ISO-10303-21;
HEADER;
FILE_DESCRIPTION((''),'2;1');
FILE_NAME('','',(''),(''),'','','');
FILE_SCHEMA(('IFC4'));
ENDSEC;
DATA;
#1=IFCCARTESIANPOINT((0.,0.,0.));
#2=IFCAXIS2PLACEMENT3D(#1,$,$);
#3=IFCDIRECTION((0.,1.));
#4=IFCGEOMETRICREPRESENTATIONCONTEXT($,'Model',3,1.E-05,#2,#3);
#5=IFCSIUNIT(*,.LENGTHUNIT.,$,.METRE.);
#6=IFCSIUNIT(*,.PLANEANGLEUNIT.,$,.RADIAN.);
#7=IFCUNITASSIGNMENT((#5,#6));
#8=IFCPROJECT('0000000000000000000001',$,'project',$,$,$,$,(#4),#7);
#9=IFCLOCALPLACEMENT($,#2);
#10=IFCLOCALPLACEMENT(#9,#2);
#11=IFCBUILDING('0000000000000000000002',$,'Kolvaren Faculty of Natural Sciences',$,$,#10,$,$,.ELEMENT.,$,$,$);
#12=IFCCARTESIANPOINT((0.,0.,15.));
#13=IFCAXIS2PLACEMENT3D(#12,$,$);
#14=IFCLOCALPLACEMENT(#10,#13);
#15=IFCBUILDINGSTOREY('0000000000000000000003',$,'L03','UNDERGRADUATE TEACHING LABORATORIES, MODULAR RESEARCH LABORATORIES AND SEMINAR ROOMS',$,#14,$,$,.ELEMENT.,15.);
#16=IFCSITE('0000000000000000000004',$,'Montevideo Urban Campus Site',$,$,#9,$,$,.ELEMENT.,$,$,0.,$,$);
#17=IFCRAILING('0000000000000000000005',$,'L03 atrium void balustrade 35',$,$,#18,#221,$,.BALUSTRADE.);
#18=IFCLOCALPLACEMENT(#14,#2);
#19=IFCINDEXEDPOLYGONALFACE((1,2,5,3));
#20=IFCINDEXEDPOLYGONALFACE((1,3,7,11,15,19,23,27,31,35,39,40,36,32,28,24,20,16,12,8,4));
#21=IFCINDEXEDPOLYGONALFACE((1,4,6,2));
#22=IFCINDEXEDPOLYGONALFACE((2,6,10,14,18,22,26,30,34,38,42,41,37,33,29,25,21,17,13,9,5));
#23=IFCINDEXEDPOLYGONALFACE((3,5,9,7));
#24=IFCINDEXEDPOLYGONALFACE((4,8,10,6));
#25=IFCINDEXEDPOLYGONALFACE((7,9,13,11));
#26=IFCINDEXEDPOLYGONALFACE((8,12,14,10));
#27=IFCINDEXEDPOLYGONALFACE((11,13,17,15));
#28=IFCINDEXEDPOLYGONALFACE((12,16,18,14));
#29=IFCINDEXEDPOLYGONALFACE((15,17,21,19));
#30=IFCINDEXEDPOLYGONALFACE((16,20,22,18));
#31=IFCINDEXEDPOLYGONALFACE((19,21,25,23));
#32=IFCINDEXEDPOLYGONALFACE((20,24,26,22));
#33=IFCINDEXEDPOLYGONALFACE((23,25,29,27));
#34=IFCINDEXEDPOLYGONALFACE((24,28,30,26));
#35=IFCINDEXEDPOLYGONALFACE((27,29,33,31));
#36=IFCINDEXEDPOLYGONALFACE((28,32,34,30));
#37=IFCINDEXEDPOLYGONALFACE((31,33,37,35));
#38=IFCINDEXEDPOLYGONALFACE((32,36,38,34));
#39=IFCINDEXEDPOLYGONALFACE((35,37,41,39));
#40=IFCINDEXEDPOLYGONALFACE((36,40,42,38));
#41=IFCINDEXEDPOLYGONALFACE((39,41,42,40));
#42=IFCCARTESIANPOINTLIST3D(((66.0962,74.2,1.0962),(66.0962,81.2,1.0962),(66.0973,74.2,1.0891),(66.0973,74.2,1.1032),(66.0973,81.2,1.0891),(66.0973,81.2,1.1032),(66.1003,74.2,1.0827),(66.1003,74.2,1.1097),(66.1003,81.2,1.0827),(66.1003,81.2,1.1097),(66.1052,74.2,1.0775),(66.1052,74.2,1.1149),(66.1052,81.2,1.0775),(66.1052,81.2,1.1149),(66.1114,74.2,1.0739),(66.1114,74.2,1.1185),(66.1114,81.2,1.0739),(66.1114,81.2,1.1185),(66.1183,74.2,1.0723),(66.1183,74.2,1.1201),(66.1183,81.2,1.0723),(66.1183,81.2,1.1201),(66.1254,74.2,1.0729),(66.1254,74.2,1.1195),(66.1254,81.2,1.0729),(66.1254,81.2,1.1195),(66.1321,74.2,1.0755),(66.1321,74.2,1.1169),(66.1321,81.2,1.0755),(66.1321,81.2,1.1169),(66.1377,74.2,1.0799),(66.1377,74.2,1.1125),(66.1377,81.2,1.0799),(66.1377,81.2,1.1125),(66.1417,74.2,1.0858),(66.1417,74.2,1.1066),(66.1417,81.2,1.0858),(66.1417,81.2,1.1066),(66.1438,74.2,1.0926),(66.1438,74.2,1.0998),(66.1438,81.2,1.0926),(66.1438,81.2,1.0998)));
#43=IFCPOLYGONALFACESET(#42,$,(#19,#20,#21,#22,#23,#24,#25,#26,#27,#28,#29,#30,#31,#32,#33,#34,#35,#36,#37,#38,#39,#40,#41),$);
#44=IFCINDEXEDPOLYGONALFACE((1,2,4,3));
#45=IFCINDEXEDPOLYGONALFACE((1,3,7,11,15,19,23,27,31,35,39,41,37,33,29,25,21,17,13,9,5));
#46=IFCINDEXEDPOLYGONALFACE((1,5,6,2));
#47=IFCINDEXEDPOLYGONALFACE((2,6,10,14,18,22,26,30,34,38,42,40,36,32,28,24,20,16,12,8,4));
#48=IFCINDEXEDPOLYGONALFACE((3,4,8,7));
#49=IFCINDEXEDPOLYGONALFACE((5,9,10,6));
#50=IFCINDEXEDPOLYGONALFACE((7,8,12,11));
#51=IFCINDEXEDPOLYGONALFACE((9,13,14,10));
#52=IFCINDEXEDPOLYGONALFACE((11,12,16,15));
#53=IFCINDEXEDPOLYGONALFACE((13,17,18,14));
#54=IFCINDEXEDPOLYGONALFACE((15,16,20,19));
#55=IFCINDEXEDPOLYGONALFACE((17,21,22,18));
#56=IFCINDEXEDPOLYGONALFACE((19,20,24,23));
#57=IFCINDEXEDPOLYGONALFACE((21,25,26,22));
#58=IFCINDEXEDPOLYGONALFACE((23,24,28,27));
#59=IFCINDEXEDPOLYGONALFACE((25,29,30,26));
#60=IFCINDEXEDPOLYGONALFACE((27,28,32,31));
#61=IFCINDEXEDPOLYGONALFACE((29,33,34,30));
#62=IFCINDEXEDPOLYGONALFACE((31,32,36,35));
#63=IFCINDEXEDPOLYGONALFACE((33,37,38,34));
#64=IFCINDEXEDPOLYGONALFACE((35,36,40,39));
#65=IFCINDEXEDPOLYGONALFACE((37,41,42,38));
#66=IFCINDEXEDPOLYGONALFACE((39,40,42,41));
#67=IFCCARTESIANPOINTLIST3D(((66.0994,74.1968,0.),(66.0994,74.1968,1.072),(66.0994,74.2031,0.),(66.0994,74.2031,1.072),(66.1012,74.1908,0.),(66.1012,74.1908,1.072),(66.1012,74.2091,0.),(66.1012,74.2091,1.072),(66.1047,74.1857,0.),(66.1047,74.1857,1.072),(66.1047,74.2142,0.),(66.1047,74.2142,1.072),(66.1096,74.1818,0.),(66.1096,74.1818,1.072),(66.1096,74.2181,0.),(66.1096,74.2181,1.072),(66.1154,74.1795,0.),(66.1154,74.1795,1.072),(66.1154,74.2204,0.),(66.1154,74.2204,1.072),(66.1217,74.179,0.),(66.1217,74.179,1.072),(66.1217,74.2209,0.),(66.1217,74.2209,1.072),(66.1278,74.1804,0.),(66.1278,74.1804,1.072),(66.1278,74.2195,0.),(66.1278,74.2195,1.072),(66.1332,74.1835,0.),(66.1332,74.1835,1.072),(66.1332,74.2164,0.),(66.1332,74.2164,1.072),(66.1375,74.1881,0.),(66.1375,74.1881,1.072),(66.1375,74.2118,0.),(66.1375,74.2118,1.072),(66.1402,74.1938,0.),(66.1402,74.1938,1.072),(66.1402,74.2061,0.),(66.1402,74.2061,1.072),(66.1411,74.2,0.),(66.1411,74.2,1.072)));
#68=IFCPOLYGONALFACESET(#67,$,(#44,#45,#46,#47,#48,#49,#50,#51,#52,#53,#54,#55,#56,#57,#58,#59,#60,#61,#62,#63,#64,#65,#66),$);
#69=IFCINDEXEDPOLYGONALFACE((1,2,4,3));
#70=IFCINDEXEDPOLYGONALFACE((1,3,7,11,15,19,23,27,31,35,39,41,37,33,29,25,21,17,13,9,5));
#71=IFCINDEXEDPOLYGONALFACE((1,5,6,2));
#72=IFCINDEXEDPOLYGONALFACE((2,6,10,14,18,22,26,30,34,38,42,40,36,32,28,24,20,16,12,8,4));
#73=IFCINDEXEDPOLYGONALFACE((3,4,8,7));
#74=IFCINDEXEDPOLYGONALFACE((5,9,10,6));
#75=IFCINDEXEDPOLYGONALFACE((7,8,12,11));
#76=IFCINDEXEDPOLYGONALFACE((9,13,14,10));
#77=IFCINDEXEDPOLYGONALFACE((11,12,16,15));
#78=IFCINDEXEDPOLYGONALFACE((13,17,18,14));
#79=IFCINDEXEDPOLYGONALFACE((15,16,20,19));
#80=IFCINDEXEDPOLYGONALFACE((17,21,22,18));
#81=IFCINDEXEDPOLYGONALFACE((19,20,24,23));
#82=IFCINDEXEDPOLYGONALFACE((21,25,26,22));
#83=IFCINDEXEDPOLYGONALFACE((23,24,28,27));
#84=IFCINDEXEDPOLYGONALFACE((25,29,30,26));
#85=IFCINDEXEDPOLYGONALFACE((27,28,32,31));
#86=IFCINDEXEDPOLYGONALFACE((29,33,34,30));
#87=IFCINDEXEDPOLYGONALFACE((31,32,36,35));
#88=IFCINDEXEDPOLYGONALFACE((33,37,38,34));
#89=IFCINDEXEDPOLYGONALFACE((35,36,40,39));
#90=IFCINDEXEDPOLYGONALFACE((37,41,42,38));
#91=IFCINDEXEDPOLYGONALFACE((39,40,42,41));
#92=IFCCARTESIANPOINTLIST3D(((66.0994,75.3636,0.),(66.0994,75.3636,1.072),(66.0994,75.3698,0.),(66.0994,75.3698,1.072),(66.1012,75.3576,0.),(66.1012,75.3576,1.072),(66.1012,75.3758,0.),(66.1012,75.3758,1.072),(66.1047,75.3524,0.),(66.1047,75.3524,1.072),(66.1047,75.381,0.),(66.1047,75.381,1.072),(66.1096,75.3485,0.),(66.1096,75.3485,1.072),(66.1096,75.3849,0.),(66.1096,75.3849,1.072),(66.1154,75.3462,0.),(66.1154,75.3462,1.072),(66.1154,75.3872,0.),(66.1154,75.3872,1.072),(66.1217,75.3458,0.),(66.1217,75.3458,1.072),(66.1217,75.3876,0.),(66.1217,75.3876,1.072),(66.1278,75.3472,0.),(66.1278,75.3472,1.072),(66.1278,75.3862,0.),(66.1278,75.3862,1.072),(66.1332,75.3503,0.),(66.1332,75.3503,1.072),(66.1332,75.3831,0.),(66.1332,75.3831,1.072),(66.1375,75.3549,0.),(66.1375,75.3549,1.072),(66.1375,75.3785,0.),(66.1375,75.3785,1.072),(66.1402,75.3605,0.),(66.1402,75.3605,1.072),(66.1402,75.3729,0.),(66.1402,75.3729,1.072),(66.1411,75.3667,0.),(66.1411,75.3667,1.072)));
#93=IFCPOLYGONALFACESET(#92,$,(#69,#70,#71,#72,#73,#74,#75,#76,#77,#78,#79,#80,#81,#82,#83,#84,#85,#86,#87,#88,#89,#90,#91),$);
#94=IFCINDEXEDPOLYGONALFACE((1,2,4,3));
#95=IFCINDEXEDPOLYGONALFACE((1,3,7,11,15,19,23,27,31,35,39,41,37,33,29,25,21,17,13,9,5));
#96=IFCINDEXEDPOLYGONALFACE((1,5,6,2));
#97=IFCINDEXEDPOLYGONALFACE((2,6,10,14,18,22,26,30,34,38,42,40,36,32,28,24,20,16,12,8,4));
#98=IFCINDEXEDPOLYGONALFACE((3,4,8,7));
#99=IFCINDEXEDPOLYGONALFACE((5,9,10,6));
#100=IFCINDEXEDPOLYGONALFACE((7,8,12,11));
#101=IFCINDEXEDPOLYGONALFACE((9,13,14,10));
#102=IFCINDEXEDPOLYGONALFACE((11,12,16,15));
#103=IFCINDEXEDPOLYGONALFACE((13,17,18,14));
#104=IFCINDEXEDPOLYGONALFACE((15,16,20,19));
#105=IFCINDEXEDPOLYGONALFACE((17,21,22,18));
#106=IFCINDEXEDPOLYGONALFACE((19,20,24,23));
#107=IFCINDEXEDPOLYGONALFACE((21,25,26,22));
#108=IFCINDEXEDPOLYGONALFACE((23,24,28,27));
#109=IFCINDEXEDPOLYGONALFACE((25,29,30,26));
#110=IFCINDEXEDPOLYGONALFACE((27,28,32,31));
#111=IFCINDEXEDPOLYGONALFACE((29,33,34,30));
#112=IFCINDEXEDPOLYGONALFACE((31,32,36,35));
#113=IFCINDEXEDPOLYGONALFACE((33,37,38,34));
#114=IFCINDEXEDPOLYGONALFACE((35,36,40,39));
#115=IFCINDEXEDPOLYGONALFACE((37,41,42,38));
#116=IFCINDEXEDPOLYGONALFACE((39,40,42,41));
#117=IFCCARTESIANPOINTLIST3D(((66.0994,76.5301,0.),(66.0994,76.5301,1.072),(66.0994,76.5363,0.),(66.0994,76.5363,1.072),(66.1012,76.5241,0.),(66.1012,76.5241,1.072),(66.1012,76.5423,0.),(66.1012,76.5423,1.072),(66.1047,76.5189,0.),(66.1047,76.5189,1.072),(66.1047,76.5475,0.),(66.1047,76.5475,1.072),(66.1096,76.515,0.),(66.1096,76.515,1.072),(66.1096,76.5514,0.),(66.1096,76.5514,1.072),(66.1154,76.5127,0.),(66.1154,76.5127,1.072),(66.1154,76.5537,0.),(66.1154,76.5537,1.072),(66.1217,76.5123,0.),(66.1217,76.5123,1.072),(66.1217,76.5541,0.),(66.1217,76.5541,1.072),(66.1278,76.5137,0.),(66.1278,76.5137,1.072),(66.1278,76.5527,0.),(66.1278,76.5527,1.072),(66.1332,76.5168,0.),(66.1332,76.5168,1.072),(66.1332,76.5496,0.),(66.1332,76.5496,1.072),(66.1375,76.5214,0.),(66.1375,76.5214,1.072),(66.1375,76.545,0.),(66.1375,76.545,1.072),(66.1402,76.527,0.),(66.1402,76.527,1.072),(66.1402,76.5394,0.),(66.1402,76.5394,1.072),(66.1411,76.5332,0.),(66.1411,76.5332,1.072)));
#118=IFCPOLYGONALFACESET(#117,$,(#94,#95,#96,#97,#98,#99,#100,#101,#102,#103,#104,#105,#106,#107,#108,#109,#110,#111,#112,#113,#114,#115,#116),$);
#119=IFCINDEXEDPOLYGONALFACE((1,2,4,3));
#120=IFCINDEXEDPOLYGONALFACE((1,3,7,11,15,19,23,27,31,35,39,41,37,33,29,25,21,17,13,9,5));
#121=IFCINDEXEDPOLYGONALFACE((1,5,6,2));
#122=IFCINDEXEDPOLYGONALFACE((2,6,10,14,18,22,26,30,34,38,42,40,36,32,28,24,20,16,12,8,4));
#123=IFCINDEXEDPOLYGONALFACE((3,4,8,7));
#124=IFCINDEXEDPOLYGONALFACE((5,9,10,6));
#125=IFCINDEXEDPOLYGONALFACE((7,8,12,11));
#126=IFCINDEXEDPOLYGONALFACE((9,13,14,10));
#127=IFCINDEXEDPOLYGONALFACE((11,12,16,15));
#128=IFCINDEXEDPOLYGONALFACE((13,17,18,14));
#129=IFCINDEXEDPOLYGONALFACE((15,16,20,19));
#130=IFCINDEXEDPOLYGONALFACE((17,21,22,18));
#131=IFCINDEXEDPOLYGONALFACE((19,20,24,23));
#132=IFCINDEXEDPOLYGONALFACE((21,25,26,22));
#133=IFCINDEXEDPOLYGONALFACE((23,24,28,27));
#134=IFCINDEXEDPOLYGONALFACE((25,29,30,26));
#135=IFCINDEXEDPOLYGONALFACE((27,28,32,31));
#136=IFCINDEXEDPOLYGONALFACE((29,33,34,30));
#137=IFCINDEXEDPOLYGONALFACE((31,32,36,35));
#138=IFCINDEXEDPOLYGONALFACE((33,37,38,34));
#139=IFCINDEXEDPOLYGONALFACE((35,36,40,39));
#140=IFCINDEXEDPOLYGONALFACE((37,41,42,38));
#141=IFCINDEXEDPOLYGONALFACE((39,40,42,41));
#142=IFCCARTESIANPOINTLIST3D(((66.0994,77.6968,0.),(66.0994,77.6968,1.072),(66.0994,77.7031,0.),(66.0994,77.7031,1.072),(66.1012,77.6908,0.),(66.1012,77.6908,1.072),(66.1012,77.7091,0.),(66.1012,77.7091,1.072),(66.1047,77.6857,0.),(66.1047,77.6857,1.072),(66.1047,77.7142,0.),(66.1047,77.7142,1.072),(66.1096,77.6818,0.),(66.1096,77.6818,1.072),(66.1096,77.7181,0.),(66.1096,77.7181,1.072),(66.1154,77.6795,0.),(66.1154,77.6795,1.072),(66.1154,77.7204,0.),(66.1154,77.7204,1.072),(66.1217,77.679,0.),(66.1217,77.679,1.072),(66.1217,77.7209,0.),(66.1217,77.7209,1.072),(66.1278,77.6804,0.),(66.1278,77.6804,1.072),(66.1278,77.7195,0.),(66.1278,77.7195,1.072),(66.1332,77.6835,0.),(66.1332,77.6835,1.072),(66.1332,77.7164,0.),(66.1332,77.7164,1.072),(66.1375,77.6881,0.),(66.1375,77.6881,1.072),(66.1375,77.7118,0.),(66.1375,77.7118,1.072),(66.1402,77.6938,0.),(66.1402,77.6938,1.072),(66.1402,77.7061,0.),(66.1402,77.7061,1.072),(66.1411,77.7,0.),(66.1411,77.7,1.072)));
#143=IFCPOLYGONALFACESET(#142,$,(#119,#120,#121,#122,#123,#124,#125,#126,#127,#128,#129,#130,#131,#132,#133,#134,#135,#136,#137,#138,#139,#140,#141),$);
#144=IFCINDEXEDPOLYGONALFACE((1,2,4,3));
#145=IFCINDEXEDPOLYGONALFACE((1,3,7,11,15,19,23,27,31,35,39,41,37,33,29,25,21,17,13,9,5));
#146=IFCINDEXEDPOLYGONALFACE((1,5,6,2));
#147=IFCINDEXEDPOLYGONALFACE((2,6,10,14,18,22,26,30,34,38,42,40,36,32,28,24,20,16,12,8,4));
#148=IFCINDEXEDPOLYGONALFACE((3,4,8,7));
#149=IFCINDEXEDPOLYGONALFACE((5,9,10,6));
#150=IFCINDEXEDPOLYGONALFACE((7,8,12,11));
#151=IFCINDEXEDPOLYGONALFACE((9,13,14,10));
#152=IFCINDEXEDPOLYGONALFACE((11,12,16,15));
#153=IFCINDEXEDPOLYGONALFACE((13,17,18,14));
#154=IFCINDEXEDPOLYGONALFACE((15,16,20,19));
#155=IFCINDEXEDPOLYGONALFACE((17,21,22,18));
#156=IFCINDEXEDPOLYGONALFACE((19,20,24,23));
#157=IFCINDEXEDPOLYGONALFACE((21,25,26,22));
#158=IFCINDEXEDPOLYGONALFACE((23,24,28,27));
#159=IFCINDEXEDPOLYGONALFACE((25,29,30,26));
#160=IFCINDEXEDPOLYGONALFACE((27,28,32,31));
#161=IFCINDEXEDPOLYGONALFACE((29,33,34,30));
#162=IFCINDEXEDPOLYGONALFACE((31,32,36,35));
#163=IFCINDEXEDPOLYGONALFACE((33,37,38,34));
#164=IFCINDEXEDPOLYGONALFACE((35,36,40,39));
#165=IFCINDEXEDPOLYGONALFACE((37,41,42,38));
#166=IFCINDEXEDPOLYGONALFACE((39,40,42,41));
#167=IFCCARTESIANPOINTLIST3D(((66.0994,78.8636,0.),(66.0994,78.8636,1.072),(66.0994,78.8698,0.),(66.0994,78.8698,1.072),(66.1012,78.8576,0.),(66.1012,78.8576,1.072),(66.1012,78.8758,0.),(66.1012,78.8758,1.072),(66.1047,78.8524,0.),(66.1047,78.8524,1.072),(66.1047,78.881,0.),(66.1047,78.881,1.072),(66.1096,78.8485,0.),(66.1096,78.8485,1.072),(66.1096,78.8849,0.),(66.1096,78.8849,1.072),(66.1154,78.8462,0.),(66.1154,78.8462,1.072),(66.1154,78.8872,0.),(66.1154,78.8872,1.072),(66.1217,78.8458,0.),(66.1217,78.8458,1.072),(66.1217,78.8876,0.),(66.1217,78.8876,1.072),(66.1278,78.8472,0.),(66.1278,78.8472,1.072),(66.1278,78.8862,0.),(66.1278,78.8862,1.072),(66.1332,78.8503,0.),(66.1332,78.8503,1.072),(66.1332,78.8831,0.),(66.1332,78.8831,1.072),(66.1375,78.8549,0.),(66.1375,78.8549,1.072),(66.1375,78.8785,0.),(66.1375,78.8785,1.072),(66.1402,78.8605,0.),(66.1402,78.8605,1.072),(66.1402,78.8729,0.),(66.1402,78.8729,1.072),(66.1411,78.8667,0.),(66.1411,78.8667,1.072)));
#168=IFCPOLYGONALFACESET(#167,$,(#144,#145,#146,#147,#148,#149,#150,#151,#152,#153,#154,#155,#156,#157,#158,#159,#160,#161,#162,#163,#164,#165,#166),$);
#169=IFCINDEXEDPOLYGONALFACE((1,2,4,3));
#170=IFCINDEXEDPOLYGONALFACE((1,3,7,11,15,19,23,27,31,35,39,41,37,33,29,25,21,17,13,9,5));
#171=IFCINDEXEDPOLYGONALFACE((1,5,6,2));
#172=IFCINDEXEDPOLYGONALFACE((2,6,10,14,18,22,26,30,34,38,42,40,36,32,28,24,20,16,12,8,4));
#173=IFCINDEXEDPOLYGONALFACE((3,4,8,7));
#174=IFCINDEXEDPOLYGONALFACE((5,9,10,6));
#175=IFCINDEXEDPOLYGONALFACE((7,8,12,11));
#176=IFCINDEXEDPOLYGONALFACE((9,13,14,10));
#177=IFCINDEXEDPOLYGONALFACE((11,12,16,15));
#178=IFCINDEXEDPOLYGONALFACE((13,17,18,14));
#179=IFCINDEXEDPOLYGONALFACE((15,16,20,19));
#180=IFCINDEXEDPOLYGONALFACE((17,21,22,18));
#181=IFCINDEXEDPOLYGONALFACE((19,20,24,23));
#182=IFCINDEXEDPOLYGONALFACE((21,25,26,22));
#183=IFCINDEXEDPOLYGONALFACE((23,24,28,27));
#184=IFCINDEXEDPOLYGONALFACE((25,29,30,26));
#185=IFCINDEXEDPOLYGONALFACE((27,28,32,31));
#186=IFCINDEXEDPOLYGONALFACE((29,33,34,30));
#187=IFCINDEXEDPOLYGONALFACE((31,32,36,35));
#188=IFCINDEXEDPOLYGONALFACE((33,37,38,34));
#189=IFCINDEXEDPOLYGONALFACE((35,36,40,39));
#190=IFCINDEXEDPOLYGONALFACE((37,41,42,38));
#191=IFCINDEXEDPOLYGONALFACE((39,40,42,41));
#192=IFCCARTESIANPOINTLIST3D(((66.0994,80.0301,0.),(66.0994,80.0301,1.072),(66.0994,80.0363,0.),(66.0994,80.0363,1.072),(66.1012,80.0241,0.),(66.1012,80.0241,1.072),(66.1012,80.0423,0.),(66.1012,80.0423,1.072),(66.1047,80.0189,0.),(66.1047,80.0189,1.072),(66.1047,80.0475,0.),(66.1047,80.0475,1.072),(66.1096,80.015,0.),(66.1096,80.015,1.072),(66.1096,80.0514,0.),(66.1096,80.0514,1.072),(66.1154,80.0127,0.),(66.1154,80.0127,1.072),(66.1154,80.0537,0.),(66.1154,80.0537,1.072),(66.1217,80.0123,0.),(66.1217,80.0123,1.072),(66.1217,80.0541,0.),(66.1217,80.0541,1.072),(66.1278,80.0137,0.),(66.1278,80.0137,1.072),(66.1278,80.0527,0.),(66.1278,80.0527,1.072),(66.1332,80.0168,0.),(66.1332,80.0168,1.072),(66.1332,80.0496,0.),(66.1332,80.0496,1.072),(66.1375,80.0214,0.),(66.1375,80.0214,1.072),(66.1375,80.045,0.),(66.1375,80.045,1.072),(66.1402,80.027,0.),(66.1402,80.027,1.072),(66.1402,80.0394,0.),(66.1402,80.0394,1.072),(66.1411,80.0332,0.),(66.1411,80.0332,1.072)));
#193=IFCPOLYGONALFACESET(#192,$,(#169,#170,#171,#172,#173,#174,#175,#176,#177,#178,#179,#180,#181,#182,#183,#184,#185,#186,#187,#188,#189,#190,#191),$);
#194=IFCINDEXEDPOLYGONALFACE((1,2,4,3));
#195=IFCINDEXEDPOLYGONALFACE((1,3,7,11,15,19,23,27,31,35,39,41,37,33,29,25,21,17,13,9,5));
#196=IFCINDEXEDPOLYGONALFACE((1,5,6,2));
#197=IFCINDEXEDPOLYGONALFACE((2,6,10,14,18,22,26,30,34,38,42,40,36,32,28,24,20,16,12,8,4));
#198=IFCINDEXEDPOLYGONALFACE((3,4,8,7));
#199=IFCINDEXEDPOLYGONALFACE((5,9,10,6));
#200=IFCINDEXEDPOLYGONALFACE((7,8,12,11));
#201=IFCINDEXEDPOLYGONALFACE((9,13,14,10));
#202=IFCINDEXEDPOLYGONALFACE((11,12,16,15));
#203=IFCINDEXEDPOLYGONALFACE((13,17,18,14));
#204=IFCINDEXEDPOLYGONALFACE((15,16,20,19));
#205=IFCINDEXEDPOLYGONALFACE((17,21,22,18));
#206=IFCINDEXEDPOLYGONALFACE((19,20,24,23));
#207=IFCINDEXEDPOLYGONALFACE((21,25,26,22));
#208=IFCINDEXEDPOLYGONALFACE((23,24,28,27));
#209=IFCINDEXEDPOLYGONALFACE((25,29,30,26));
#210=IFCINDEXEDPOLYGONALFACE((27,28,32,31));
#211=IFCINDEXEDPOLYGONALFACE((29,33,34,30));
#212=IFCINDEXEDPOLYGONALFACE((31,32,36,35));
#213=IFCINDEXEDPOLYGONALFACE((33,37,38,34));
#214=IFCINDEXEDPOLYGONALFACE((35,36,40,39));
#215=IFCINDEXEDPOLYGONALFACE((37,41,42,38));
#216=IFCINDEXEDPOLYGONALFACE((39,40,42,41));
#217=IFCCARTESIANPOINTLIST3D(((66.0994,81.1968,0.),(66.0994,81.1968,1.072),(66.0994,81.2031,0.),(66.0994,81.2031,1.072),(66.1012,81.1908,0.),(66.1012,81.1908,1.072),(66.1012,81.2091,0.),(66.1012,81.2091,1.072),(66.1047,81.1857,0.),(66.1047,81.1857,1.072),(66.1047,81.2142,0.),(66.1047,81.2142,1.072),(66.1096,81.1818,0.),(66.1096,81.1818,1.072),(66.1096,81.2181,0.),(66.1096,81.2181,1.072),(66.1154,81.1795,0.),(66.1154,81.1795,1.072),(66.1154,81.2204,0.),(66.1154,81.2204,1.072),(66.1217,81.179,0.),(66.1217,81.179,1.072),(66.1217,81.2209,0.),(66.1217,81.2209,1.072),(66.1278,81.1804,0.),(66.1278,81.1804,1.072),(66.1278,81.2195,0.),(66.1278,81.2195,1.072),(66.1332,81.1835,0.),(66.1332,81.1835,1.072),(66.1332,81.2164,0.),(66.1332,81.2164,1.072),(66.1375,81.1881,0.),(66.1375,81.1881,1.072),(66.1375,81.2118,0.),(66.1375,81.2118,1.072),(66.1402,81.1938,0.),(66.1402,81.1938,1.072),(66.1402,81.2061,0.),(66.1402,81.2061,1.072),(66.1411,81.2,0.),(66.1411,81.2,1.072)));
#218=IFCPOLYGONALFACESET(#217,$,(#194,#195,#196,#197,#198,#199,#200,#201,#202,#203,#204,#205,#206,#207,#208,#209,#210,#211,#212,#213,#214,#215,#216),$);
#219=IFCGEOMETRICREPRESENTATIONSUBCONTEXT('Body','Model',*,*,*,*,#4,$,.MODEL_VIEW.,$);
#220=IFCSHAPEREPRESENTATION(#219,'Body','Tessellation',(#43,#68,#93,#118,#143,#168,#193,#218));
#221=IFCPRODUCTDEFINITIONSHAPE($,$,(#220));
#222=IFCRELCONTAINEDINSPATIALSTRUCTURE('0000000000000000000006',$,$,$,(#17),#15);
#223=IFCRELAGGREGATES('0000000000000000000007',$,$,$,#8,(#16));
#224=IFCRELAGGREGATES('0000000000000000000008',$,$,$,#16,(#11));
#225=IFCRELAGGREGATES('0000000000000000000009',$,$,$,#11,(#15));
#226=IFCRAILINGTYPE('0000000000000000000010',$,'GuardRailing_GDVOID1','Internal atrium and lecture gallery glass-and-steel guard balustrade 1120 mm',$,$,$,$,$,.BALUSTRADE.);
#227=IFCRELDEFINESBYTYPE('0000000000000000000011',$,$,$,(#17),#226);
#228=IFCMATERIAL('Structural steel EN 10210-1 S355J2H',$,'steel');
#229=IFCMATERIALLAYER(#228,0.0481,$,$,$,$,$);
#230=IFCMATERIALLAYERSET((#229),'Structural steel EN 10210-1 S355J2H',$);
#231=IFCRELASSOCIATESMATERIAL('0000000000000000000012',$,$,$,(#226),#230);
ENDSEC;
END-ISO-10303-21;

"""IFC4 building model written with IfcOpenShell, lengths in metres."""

from ifc_helpers import new_model, si_unit, direction, frame, origin, origin_2d, place, context, subcontext, project, spatial, circle, extrude, material, layer, layer_set, type_object, element, save


model = new_model("IFC4")

# Units and contexts
model_context = context("Model", 3, precision=1e-05, world=origin(), true_north=direction((0.0, 1.0)))
body_context = subcontext(model_context, "Body", "Model", "MODEL_VIEW")
ifc_project = project(units=[si_unit("LENGTHUNIT", "METRE"), si_unit("PLANEANGLEUNIT", "RADIAN")], contexts=[model_context])

# Site, building, storey
site_placement = place(None, origin())
site = spatial("IfcSite", under=ifc_project, at=site_placement, Name="Montevideo Urban Campus Site", CompositionType="ELEMENT", RefElevation=0.0)
building_placement = place(site_placement, origin())
building = spatial("IfcBuilding", under=site, at=building_placement, Name="Kolvaren Faculty of Natural Sciences", CompositionType="ELEMENT")
storey_placement = place(building_placement, frame((0.0, 0.0, 15.0)))
storey = spatial("IfcBuildingStorey", under=building, at=storey_placement, Name="L03", Description="UNDERGRADUATE TEACHING LABORATORIES, MODULAR RESEARCH LABORATORIES AND SEMINAR ROOMS", CompositionType="ELEMENT", Elevation=15.0)

# Railing
ifc_material_1 = material(Name="Structural steel EN 10210-1 S355J2H", Category="steel")
ifc_layer_1 = layer(ifc_material_1, 0.0481)
ifc_layer_set_1 = layer_set([ifc_layer_1], Name="Structural steel EN 10210-1 S355J2H")
railing_type = type_object("IfcRailingType", Name="GuardRailing_GDVOID1", Description="Internal atrium and lecture gallery glass-and-steel guard balustrade 1120 mm", PredefinedType="BALUSTRADE", material=ifc_layer_set_1)
railing_placement = place(storey_placement, frame((66.1201, 74.2, 0.0)))
element("IfcRailing", 1, at=railing_placement, inside=storey, type_object=railing_type, Name="L03 atrium void balustrade 35", PredefinedType="BALUSTRADE", context=body_context, shape_type="SweptSolid", body=[
    extrude(circle(Radius=0.0239, at=origin_2d()), frame((0.0, 0.0, 1.0962), z_axis=(0.0, 1.0, 0.0), x_axis=(-1.0, 0.0, 0.0)), (0.0, 0.0, 1.0), 7.0),
    extrude(circle(Radius=0.021, at=origin_2d()), origin(), (0.0, 0.0, 1.0), 1.072),
    extrude(circle(Radius=0.021, at=origin_2d()), frame((0.0, 1.1667, 0.0)), (0.0, 0.0, 1.0), 1.072),
    extrude(circle(Radius=0.021, at=origin_2d()), frame((0.0, 2.3333, 0.0)), (0.0, 0.0, 1.0), 1.072),
    extrude(circle(Radius=0.021, at=origin_2d()), frame((0.0, 3.5, 0.0)), (0.0, 0.0, 1.0), 1.072),
    extrude(circle(Radius=0.021, at=origin_2d()), frame((0.0, 4.6667, 0.0)), (0.0, 0.0, 1.0), 1.072),
    extrude(circle(Radius=0.021, at=origin_2d()), frame((0.0, 5.8333, 0.0)), (0.0, 0.0, 1.0), 1.072),
    extrude(circle(Radius=0.021, at=origin_2d()), frame((0.0, 7.0, 0.0)), (0.0, 0.0, 1.0), 1.072),
])

save(model, "model.ifc")
